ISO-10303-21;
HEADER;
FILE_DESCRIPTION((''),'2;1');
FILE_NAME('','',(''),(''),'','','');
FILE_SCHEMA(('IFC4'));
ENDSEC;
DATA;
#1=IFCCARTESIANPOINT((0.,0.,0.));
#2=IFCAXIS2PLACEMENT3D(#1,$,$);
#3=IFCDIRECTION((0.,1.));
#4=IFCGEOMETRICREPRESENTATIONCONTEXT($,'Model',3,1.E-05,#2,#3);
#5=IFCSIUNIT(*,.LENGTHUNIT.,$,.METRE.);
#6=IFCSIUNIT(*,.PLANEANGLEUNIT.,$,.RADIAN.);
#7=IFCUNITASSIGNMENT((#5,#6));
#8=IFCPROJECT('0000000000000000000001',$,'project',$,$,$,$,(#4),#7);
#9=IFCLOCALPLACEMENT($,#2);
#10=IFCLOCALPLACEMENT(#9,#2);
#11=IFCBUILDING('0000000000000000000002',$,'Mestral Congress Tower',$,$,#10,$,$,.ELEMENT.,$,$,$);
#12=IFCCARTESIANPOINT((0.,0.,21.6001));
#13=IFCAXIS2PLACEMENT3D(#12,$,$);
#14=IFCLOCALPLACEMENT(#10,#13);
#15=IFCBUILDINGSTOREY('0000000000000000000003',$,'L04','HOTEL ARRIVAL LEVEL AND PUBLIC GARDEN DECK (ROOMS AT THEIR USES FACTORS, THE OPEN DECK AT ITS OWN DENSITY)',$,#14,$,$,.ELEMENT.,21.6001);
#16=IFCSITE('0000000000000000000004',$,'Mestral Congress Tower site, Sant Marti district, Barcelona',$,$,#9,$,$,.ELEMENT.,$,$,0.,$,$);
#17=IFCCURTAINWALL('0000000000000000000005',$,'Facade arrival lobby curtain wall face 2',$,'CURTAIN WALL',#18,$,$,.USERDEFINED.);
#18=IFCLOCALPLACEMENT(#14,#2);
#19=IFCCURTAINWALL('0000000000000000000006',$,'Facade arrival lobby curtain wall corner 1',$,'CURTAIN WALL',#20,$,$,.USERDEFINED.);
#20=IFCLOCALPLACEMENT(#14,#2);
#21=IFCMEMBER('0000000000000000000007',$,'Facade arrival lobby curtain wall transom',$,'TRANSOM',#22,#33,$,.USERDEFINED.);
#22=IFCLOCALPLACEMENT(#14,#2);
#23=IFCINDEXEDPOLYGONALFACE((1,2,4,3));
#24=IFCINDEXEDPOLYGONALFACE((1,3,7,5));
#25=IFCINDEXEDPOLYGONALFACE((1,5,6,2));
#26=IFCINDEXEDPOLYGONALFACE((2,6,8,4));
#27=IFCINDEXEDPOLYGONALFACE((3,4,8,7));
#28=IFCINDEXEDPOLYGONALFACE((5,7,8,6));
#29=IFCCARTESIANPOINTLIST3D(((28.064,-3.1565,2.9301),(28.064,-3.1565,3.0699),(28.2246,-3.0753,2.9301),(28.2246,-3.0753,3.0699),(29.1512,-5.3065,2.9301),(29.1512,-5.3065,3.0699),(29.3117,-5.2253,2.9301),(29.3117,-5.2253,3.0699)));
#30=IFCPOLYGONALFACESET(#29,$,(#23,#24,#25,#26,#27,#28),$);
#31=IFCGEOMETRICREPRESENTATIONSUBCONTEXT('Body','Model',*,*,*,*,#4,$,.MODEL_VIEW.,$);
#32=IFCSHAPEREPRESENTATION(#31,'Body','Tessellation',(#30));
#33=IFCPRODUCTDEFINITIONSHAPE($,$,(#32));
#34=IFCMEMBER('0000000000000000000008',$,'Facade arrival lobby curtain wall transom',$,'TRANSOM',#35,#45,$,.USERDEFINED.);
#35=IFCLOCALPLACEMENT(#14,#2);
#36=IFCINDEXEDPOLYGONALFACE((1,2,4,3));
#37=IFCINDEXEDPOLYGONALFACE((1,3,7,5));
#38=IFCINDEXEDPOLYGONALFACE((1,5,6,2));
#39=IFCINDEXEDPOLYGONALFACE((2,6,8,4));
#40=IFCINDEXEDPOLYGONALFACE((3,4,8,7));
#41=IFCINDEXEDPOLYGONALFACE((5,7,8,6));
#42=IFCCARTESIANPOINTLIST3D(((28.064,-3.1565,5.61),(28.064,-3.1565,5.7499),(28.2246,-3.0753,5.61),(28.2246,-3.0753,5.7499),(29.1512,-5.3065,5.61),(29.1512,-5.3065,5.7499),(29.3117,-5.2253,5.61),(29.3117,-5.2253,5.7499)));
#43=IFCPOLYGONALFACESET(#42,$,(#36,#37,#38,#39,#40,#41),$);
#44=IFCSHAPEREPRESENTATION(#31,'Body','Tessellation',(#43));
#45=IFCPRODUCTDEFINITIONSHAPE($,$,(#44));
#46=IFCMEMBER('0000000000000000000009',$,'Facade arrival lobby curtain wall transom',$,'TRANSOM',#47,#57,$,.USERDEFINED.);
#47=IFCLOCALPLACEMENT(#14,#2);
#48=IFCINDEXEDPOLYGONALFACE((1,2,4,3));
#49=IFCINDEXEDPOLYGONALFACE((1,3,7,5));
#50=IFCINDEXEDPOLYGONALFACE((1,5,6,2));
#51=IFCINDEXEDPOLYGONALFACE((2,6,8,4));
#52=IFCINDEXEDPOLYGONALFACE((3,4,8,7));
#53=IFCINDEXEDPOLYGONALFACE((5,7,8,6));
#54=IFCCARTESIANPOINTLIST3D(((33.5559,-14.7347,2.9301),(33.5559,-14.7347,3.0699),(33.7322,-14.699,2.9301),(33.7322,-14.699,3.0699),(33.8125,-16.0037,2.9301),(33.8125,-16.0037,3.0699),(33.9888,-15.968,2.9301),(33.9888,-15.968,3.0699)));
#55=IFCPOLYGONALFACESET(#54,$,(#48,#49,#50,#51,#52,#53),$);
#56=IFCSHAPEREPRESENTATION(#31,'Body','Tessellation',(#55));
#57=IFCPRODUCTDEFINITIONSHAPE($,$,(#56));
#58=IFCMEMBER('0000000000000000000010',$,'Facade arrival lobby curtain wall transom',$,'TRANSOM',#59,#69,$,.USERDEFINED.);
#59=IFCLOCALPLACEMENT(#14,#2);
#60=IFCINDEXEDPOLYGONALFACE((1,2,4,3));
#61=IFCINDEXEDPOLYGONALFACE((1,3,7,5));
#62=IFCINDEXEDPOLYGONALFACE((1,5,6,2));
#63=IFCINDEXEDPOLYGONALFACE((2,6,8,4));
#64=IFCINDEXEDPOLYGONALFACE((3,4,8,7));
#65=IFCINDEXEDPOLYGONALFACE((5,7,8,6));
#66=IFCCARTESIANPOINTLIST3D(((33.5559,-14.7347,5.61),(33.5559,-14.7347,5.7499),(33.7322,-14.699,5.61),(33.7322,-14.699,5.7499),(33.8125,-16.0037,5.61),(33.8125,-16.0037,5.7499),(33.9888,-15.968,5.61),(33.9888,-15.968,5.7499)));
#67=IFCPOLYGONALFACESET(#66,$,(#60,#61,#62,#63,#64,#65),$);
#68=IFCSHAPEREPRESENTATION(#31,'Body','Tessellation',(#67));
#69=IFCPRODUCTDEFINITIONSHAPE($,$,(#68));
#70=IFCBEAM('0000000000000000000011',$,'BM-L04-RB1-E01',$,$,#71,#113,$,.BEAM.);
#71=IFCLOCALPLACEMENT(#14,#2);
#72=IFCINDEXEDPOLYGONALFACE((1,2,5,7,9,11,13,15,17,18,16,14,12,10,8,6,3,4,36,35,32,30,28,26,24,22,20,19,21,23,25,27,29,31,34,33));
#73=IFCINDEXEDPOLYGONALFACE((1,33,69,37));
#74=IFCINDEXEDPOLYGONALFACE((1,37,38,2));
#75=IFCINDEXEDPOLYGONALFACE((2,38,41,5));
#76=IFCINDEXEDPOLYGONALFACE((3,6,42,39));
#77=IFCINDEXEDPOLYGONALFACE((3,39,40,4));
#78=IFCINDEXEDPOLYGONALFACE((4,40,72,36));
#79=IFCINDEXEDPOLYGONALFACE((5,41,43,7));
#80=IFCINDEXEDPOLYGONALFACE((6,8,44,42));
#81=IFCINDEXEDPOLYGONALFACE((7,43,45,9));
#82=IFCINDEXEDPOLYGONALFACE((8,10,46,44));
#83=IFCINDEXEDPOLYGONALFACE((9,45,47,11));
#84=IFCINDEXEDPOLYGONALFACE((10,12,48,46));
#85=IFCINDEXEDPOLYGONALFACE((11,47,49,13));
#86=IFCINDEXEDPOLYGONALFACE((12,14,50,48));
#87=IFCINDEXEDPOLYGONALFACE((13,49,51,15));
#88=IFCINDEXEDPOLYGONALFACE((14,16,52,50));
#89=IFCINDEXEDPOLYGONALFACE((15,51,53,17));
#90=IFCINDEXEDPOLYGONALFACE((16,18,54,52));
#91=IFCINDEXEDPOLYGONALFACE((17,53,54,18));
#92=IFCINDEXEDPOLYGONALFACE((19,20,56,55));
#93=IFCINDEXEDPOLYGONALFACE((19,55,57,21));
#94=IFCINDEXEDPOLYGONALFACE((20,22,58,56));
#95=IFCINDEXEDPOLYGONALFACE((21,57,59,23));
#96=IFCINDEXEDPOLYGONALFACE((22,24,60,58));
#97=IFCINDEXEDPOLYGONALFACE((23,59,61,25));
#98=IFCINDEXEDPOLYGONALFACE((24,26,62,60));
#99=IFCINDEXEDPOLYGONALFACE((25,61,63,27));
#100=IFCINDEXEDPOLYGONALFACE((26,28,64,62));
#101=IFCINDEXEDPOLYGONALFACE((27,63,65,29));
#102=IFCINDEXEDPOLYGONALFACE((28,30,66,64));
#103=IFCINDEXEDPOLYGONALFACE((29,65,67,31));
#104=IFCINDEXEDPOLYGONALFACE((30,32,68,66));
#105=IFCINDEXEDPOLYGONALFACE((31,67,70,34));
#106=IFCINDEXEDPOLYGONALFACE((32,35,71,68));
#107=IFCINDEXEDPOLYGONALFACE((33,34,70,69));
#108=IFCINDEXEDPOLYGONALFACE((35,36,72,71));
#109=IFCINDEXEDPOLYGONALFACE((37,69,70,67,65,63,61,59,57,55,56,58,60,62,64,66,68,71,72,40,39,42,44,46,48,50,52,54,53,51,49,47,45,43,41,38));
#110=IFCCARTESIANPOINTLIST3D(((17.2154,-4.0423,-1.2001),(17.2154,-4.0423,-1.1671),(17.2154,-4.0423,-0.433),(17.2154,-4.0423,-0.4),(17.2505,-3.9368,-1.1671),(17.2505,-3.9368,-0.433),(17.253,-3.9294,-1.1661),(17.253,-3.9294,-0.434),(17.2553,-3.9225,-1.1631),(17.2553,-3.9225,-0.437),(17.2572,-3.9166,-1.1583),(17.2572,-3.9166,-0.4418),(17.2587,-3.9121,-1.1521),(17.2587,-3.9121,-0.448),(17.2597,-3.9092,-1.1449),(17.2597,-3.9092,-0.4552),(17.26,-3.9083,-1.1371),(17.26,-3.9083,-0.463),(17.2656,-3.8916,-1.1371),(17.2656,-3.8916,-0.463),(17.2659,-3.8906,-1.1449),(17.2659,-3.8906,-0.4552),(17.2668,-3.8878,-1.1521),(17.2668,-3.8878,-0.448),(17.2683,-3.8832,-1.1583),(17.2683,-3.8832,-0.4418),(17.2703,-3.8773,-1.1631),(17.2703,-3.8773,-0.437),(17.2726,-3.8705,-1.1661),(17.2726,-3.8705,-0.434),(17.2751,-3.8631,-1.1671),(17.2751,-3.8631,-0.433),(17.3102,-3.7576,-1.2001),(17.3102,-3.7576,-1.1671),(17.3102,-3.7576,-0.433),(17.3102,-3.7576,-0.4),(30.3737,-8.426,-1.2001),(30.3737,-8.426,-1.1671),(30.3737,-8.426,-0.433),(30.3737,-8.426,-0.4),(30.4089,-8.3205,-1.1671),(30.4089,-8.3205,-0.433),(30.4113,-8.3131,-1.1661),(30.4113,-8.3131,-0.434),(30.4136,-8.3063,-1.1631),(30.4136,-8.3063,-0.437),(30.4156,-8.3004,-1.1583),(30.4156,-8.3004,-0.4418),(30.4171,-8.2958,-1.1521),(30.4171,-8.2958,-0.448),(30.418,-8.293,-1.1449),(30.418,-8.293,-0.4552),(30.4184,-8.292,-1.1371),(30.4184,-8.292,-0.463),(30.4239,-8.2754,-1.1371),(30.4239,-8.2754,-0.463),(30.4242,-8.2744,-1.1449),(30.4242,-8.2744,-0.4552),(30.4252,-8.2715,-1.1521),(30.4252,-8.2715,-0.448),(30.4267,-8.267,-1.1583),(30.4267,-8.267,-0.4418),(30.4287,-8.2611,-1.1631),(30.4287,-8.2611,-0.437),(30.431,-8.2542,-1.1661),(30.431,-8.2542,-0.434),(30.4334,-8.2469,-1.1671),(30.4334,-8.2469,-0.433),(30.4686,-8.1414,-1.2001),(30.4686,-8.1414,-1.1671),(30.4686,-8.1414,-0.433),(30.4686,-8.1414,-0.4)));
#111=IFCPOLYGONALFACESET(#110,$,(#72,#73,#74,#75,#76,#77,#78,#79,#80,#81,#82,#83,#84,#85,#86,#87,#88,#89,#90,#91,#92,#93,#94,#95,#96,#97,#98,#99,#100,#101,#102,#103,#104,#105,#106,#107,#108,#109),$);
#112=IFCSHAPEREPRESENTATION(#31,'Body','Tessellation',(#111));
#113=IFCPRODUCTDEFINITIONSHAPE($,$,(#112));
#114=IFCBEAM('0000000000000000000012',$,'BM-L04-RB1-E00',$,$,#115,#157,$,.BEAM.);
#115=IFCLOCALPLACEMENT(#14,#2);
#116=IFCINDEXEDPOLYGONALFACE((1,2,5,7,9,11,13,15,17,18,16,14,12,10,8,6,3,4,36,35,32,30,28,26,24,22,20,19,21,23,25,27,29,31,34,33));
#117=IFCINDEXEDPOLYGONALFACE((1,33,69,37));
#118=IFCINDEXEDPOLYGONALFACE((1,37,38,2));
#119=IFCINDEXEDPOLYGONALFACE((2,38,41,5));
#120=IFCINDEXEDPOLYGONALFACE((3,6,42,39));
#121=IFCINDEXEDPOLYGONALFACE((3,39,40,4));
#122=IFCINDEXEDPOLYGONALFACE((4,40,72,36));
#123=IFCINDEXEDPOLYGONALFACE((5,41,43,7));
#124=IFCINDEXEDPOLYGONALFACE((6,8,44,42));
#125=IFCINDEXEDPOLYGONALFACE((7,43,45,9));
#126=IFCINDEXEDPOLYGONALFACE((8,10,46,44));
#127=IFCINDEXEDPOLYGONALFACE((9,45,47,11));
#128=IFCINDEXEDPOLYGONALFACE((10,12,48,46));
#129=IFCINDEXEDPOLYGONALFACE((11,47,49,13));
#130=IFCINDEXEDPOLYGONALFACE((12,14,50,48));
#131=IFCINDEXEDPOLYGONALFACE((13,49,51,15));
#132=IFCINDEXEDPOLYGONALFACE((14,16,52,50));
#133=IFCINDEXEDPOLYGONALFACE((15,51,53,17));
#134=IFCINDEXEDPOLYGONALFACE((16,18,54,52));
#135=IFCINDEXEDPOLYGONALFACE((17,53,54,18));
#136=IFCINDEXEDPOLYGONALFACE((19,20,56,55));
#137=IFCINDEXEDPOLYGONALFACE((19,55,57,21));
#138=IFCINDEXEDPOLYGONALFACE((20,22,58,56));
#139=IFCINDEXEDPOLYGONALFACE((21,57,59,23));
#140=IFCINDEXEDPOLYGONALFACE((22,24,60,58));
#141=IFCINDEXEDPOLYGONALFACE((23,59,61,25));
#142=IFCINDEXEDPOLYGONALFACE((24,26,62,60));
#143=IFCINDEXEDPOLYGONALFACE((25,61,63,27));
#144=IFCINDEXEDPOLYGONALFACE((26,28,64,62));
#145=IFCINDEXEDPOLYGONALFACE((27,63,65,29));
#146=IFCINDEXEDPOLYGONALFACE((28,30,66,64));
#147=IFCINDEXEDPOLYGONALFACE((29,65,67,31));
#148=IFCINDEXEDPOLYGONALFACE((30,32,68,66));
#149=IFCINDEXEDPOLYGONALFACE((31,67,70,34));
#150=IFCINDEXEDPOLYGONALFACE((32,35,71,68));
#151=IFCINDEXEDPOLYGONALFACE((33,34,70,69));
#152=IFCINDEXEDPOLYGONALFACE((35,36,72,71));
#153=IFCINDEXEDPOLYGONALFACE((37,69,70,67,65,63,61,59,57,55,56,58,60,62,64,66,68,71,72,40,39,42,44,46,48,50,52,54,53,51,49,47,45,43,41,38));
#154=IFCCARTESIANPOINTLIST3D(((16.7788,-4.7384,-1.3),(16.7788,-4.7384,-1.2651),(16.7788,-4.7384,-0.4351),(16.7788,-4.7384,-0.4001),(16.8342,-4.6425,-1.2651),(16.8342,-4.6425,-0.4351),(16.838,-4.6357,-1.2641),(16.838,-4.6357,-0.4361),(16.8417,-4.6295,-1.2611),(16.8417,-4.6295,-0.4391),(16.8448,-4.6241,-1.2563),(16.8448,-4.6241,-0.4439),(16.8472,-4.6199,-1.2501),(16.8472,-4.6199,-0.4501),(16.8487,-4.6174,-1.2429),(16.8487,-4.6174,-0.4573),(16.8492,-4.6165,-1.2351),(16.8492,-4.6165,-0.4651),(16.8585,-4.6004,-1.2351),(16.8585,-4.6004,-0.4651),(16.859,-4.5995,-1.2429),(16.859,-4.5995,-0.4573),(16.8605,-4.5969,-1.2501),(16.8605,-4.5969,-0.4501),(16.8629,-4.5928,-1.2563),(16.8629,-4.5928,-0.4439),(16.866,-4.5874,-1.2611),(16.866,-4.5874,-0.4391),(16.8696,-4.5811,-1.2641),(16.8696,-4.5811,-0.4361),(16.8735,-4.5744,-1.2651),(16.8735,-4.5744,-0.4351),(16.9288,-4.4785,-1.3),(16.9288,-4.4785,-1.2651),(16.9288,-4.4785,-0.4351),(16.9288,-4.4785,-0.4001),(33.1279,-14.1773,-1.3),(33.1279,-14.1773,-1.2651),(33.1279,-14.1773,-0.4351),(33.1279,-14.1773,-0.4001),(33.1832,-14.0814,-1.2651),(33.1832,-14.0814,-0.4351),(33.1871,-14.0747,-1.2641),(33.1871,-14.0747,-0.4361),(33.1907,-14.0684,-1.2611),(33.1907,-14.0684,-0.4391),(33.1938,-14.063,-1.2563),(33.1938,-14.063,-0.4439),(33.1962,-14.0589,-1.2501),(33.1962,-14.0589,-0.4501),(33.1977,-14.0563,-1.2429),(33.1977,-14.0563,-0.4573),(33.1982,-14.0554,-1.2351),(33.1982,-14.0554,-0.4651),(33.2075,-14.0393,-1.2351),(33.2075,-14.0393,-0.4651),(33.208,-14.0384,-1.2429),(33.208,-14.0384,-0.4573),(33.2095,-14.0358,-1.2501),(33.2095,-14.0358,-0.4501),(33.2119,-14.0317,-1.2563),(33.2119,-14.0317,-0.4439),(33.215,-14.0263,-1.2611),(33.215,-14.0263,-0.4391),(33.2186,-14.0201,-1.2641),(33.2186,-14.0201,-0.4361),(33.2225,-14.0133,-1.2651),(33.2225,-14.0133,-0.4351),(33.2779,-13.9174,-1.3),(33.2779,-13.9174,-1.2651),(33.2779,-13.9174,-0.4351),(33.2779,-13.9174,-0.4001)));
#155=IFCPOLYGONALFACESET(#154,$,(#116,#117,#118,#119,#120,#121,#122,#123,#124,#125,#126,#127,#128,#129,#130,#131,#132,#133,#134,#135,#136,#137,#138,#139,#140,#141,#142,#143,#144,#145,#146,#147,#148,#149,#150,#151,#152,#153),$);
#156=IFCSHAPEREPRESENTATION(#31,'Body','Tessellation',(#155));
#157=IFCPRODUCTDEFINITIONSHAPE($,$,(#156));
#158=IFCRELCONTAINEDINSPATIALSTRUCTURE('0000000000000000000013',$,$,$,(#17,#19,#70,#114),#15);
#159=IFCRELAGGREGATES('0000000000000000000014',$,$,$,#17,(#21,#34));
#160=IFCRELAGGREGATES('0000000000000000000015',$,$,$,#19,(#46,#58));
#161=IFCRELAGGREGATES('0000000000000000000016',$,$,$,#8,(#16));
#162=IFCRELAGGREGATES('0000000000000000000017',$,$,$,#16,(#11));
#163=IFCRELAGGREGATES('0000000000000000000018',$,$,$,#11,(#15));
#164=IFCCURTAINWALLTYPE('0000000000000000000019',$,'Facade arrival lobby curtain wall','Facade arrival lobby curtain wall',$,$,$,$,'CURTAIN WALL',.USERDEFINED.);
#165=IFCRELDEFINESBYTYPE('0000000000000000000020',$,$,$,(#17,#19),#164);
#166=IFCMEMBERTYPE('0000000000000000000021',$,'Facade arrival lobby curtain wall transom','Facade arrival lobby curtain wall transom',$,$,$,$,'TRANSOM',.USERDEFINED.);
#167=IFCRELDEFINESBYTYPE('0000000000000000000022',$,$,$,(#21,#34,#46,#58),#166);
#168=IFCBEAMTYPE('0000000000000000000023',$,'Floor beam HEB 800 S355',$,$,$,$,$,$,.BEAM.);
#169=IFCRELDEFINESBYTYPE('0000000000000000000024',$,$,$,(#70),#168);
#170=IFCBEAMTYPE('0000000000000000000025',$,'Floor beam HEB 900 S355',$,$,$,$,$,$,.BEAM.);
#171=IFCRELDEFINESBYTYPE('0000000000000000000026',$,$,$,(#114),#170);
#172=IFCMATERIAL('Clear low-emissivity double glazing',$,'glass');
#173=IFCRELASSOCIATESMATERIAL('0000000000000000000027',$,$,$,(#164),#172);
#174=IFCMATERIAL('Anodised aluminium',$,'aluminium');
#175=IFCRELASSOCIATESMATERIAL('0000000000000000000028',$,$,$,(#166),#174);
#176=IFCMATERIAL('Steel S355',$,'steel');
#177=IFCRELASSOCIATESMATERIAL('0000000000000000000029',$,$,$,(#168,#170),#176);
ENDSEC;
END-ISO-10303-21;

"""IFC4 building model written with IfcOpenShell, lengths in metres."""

from ifc_helpers import new_model, si_unit, direction, frame, origin, origin_2d, place, context, subcontext, project, spatial, rectangle, i_section, extrude, material, material_profile, profile_set, type_object, element, aggregate, save


model = new_model("IFC4")

# Units and contexts
model_context = context("Model", 3, precision=1e-05, world=origin(), true_north=direction((0.0, 1.0)))
body_context = subcontext(model_context, "Body", "Model", "MODEL_VIEW")
ifc_project = project(units=[si_unit("LENGTHUNIT", "METRE"), si_unit("PLANEANGLEUNIT", "RADIAN")], contexts=[model_context])

# Site, building, storey
site_placement = place(None, origin())
site = spatial("IfcSite", under=ifc_project, at=site_placement, Name="Mestral Congress Tower site, Sant Marti district, Barcelona", CompositionType="ELEMENT", RefElevation=0.0)
building_placement = place(site_placement, origin())
building = spatial("IfcBuilding", under=site, at=building_placement, Name="Mestral Congress Tower", CompositionType="ELEMENT")
storey_placement = place(building_placement, frame((0.0, 0.0, 21.6001)))
storey = spatial("IfcBuildingStorey", under=building, at=storey_placement, Name="L04", Description="HOTEL ARRIVAL LEVEL AND PUBLIC GARDEN DECK (ROOMS AT THEIR USES FACTORS, THE OPEN DECK AT ITS OWN DENSITY)", CompositionType="ELEMENT", Elevation=21.6001)

# Curtain wall
ifc_material_1 = material(Name="Clear low-emissivity double glazing", Category="glass")
curtain_wall_type = type_object("IfcCurtainWallType", Name="Facade arrival lobby curtain wall", Description="Facade arrival lobby curtain wall", ElementType="CURTAIN WALL", PredefinedType="USERDEFINED", material=ifc_material_1)
placement = place(storey_placement, origin())
curtain_wall_1 = element("IfcCurtainWall", 1, at=placement, inside=storey, type_object=curtain_wall_type, Name="Facade arrival lobby curtain wall face 2", ObjectType="CURTAIN WALL", PredefinedType="USERDEFINED")
ifc_material_2 = material(Name="Anodised aluminium", Category="aluminium")

# Curtain wall
curtain_wall_2 = element("IfcCurtainWall", 2, at=placement, inside=storey, type_object=curtain_wall_type, Name="Facade arrival lobby curtain wall corner 1", ObjectType="CURTAIN WALL", PredefinedType="USERDEFINED")

# Members
ifc_material_profile_1 = material_profile(ifc_material_2, rectangle(XDim=0.1799, YDim=0.1399, at=origin_2d()), Name="CW4 transom 180 x 140")
ifc_profile_set_1 = profile_set([ifc_material_profile_1], Name="Anodised aluminium")
member_type_1 = type_object("IfcMemberType", Name="Facade arrival lobby curtain wall transom", Description="Facade arrival lobby curtain wall transom", ElementType="TRANSOM", PredefinedType="USERDEFINED", material=ifc_profile_set_1)
member_1_placement = place(storey_placement, frame((29.2314, -5.2659, 3.0), z_axis=(-0.451263, 0.892391, 0.0), x_axis=(-0.892391, -0.451263, 0.0)))
member_1 = element("IfcMember", 3, at=member_1_placement, type_object=member_type_1, Name="Facade arrival lobby curtain wall transom", ObjectType="TRANSOM", PredefinedType="USERDEFINED", context=body_context, shape_type="SweptSolid", body=[
    extrude(rectangle(XDim=0.1799, YDim=0.1399, at=origin_2d()), origin(), (0.0, 0.0, 1.0), 2.4092),
])
member_2_placement = place(storey_placement, frame((29.2314, -5.2659, 5.6799), z_axis=(-0.451263, 0.892391, 0.0), x_axis=(-0.892391, -0.451263, 0.0)))
member_2 = element("IfcMember", 4, at=member_2_placement, type_object=member_type_1, Name="Facade arrival lobby curtain wall transom", ObjectType="TRANSOM", PredefinedType="USERDEFINED", context=body_context, shape_type="SweptSolid", body=[
    extrude(rectangle(XDim=0.1799, YDim=0.1399, at=origin_2d()), origin(), (0.0, 0.0, 1.0), 2.4092),
])
member_3_placement = place(storey_placement, frame((33.9006, -15.9858, 3.0), z_axis=(-0.198183, 0.980165, 0.0), x_axis=(-0.980165, -0.198183, 0.0)))
member_3 = element("IfcMember", 5, at=member_3_placement, type_object=member_type_1, Name="Facade arrival lobby curtain wall transom", ObjectType="TRANSOM", PredefinedType="USERDEFINED", context=body_context, shape_type="SweptSolid", body=[
    extrude(rectangle(XDim=0.1799, YDim=0.1399, at=origin_2d()), origin(), (0.0, 0.0, 1.0), 1.2947),
])
member_4_placement = place(storey_placement, frame((33.9006, -15.9858, 5.6799), z_axis=(-0.198183, 0.980165, 0.0), x_axis=(-0.980165, -0.198183, 0.0)))
member_4 = element("IfcMember", 6, at=member_4_placement, type_object=member_type_1, Name="Facade arrival lobby curtain wall transom", ObjectType="TRANSOM", PredefinedType="USERDEFINED", context=body_context, shape_type="SweptSolid", body=[
    extrude(rectangle(XDim=0.1799, YDim=0.1399, at=origin_2d()), origin(), (0.0, 0.0, 1.0), 1.2947),
])

# Beams
ifc_material_3 = material(Name="Steel S355", Category="steel")
ifc_material_profile_2 = material_profile(ifc_material_3, i_section(OverallWidth=0.3, OverallDepth=0.8, WebThickness=0.0176, FlangeThickness=0.033, FilletRadius=0.03, at=origin_2d()), Name="HEB 800")
ifc_profile_set_2 = profile_set([ifc_material_profile_2], Name="Steel S355")
beam_type_1 = type_object("IfcBeamType", Name="Floor beam HEB 800 S355", PredefinedType="BEAM", material=ifc_profile_set_2)
beam_1_placement = place(storey_placement, frame((30.4211, -8.2837, -0.8), z_axis=(-0.948734, 0.316075, 0.0), x_axis=(-0.316075, -0.948734, 0.0)))
element("IfcBeam", 7, at=beam_1_placement, inside=storey, type_object=beam_type_1, Name="BM-L04-RB1-E01", PredefinedType="BEAM", context=body_context, shape_type="SweptSolid", body=[
    extrude(i_section(OverallWidth=0.3, OverallDepth=0.8, WebThickness=0.0176, FlangeThickness=0.033, FilletRadius=0.03, at=origin_2d()), origin(), (0.0, 0.0, 1.0), 13.8694),
])
ifc_material_profile_3 = material_profile(ifc_material_3, i_section(OverallWidth=0.3, OverallDepth=0.8999, WebThickness=0.0186, FlangeThickness=0.0349, FilletRadius=0.03, at=origin_2d()), Name="HEB 900")
ifc_profile_set_3 = profile_set([ifc_material_profile_3], Name="Steel S355")
beam_type_2 = type_object("IfcBeamType", Name="Floor beam HEB 900 S355", PredefinedType="BEAM", material=ifc_profile_set_3)
beam_2_placement = place(storey_placement, frame((33.2029, -14.0474, -0.8501), z_axis=(-0.86603, 0.499992, 0.0), x_axis=(-0.499992, -0.86603, 0.0)))
element("IfcBeam", 8, at=beam_2_placement, inside=storey, type_object=beam_type_2, Name="BM-L04-RB1-E00", PredefinedType="BEAM", context=body_context, shape_type="SweptSolid", body=[
    extrude(i_section(OverallWidth=0.3, OverallDepth=0.8999, WebThickness=0.0186, FlangeThickness=0.0349, FilletRadius=0.03, at=origin_2d()), origin(), (0.0, 0.0, 1.0), 18.8782),
])

aggregate(curtain_wall_1, [member_1, member_2])
aggregate(curtain_wall_2, [member_3, member_4])

save(model, "model.ifc")
